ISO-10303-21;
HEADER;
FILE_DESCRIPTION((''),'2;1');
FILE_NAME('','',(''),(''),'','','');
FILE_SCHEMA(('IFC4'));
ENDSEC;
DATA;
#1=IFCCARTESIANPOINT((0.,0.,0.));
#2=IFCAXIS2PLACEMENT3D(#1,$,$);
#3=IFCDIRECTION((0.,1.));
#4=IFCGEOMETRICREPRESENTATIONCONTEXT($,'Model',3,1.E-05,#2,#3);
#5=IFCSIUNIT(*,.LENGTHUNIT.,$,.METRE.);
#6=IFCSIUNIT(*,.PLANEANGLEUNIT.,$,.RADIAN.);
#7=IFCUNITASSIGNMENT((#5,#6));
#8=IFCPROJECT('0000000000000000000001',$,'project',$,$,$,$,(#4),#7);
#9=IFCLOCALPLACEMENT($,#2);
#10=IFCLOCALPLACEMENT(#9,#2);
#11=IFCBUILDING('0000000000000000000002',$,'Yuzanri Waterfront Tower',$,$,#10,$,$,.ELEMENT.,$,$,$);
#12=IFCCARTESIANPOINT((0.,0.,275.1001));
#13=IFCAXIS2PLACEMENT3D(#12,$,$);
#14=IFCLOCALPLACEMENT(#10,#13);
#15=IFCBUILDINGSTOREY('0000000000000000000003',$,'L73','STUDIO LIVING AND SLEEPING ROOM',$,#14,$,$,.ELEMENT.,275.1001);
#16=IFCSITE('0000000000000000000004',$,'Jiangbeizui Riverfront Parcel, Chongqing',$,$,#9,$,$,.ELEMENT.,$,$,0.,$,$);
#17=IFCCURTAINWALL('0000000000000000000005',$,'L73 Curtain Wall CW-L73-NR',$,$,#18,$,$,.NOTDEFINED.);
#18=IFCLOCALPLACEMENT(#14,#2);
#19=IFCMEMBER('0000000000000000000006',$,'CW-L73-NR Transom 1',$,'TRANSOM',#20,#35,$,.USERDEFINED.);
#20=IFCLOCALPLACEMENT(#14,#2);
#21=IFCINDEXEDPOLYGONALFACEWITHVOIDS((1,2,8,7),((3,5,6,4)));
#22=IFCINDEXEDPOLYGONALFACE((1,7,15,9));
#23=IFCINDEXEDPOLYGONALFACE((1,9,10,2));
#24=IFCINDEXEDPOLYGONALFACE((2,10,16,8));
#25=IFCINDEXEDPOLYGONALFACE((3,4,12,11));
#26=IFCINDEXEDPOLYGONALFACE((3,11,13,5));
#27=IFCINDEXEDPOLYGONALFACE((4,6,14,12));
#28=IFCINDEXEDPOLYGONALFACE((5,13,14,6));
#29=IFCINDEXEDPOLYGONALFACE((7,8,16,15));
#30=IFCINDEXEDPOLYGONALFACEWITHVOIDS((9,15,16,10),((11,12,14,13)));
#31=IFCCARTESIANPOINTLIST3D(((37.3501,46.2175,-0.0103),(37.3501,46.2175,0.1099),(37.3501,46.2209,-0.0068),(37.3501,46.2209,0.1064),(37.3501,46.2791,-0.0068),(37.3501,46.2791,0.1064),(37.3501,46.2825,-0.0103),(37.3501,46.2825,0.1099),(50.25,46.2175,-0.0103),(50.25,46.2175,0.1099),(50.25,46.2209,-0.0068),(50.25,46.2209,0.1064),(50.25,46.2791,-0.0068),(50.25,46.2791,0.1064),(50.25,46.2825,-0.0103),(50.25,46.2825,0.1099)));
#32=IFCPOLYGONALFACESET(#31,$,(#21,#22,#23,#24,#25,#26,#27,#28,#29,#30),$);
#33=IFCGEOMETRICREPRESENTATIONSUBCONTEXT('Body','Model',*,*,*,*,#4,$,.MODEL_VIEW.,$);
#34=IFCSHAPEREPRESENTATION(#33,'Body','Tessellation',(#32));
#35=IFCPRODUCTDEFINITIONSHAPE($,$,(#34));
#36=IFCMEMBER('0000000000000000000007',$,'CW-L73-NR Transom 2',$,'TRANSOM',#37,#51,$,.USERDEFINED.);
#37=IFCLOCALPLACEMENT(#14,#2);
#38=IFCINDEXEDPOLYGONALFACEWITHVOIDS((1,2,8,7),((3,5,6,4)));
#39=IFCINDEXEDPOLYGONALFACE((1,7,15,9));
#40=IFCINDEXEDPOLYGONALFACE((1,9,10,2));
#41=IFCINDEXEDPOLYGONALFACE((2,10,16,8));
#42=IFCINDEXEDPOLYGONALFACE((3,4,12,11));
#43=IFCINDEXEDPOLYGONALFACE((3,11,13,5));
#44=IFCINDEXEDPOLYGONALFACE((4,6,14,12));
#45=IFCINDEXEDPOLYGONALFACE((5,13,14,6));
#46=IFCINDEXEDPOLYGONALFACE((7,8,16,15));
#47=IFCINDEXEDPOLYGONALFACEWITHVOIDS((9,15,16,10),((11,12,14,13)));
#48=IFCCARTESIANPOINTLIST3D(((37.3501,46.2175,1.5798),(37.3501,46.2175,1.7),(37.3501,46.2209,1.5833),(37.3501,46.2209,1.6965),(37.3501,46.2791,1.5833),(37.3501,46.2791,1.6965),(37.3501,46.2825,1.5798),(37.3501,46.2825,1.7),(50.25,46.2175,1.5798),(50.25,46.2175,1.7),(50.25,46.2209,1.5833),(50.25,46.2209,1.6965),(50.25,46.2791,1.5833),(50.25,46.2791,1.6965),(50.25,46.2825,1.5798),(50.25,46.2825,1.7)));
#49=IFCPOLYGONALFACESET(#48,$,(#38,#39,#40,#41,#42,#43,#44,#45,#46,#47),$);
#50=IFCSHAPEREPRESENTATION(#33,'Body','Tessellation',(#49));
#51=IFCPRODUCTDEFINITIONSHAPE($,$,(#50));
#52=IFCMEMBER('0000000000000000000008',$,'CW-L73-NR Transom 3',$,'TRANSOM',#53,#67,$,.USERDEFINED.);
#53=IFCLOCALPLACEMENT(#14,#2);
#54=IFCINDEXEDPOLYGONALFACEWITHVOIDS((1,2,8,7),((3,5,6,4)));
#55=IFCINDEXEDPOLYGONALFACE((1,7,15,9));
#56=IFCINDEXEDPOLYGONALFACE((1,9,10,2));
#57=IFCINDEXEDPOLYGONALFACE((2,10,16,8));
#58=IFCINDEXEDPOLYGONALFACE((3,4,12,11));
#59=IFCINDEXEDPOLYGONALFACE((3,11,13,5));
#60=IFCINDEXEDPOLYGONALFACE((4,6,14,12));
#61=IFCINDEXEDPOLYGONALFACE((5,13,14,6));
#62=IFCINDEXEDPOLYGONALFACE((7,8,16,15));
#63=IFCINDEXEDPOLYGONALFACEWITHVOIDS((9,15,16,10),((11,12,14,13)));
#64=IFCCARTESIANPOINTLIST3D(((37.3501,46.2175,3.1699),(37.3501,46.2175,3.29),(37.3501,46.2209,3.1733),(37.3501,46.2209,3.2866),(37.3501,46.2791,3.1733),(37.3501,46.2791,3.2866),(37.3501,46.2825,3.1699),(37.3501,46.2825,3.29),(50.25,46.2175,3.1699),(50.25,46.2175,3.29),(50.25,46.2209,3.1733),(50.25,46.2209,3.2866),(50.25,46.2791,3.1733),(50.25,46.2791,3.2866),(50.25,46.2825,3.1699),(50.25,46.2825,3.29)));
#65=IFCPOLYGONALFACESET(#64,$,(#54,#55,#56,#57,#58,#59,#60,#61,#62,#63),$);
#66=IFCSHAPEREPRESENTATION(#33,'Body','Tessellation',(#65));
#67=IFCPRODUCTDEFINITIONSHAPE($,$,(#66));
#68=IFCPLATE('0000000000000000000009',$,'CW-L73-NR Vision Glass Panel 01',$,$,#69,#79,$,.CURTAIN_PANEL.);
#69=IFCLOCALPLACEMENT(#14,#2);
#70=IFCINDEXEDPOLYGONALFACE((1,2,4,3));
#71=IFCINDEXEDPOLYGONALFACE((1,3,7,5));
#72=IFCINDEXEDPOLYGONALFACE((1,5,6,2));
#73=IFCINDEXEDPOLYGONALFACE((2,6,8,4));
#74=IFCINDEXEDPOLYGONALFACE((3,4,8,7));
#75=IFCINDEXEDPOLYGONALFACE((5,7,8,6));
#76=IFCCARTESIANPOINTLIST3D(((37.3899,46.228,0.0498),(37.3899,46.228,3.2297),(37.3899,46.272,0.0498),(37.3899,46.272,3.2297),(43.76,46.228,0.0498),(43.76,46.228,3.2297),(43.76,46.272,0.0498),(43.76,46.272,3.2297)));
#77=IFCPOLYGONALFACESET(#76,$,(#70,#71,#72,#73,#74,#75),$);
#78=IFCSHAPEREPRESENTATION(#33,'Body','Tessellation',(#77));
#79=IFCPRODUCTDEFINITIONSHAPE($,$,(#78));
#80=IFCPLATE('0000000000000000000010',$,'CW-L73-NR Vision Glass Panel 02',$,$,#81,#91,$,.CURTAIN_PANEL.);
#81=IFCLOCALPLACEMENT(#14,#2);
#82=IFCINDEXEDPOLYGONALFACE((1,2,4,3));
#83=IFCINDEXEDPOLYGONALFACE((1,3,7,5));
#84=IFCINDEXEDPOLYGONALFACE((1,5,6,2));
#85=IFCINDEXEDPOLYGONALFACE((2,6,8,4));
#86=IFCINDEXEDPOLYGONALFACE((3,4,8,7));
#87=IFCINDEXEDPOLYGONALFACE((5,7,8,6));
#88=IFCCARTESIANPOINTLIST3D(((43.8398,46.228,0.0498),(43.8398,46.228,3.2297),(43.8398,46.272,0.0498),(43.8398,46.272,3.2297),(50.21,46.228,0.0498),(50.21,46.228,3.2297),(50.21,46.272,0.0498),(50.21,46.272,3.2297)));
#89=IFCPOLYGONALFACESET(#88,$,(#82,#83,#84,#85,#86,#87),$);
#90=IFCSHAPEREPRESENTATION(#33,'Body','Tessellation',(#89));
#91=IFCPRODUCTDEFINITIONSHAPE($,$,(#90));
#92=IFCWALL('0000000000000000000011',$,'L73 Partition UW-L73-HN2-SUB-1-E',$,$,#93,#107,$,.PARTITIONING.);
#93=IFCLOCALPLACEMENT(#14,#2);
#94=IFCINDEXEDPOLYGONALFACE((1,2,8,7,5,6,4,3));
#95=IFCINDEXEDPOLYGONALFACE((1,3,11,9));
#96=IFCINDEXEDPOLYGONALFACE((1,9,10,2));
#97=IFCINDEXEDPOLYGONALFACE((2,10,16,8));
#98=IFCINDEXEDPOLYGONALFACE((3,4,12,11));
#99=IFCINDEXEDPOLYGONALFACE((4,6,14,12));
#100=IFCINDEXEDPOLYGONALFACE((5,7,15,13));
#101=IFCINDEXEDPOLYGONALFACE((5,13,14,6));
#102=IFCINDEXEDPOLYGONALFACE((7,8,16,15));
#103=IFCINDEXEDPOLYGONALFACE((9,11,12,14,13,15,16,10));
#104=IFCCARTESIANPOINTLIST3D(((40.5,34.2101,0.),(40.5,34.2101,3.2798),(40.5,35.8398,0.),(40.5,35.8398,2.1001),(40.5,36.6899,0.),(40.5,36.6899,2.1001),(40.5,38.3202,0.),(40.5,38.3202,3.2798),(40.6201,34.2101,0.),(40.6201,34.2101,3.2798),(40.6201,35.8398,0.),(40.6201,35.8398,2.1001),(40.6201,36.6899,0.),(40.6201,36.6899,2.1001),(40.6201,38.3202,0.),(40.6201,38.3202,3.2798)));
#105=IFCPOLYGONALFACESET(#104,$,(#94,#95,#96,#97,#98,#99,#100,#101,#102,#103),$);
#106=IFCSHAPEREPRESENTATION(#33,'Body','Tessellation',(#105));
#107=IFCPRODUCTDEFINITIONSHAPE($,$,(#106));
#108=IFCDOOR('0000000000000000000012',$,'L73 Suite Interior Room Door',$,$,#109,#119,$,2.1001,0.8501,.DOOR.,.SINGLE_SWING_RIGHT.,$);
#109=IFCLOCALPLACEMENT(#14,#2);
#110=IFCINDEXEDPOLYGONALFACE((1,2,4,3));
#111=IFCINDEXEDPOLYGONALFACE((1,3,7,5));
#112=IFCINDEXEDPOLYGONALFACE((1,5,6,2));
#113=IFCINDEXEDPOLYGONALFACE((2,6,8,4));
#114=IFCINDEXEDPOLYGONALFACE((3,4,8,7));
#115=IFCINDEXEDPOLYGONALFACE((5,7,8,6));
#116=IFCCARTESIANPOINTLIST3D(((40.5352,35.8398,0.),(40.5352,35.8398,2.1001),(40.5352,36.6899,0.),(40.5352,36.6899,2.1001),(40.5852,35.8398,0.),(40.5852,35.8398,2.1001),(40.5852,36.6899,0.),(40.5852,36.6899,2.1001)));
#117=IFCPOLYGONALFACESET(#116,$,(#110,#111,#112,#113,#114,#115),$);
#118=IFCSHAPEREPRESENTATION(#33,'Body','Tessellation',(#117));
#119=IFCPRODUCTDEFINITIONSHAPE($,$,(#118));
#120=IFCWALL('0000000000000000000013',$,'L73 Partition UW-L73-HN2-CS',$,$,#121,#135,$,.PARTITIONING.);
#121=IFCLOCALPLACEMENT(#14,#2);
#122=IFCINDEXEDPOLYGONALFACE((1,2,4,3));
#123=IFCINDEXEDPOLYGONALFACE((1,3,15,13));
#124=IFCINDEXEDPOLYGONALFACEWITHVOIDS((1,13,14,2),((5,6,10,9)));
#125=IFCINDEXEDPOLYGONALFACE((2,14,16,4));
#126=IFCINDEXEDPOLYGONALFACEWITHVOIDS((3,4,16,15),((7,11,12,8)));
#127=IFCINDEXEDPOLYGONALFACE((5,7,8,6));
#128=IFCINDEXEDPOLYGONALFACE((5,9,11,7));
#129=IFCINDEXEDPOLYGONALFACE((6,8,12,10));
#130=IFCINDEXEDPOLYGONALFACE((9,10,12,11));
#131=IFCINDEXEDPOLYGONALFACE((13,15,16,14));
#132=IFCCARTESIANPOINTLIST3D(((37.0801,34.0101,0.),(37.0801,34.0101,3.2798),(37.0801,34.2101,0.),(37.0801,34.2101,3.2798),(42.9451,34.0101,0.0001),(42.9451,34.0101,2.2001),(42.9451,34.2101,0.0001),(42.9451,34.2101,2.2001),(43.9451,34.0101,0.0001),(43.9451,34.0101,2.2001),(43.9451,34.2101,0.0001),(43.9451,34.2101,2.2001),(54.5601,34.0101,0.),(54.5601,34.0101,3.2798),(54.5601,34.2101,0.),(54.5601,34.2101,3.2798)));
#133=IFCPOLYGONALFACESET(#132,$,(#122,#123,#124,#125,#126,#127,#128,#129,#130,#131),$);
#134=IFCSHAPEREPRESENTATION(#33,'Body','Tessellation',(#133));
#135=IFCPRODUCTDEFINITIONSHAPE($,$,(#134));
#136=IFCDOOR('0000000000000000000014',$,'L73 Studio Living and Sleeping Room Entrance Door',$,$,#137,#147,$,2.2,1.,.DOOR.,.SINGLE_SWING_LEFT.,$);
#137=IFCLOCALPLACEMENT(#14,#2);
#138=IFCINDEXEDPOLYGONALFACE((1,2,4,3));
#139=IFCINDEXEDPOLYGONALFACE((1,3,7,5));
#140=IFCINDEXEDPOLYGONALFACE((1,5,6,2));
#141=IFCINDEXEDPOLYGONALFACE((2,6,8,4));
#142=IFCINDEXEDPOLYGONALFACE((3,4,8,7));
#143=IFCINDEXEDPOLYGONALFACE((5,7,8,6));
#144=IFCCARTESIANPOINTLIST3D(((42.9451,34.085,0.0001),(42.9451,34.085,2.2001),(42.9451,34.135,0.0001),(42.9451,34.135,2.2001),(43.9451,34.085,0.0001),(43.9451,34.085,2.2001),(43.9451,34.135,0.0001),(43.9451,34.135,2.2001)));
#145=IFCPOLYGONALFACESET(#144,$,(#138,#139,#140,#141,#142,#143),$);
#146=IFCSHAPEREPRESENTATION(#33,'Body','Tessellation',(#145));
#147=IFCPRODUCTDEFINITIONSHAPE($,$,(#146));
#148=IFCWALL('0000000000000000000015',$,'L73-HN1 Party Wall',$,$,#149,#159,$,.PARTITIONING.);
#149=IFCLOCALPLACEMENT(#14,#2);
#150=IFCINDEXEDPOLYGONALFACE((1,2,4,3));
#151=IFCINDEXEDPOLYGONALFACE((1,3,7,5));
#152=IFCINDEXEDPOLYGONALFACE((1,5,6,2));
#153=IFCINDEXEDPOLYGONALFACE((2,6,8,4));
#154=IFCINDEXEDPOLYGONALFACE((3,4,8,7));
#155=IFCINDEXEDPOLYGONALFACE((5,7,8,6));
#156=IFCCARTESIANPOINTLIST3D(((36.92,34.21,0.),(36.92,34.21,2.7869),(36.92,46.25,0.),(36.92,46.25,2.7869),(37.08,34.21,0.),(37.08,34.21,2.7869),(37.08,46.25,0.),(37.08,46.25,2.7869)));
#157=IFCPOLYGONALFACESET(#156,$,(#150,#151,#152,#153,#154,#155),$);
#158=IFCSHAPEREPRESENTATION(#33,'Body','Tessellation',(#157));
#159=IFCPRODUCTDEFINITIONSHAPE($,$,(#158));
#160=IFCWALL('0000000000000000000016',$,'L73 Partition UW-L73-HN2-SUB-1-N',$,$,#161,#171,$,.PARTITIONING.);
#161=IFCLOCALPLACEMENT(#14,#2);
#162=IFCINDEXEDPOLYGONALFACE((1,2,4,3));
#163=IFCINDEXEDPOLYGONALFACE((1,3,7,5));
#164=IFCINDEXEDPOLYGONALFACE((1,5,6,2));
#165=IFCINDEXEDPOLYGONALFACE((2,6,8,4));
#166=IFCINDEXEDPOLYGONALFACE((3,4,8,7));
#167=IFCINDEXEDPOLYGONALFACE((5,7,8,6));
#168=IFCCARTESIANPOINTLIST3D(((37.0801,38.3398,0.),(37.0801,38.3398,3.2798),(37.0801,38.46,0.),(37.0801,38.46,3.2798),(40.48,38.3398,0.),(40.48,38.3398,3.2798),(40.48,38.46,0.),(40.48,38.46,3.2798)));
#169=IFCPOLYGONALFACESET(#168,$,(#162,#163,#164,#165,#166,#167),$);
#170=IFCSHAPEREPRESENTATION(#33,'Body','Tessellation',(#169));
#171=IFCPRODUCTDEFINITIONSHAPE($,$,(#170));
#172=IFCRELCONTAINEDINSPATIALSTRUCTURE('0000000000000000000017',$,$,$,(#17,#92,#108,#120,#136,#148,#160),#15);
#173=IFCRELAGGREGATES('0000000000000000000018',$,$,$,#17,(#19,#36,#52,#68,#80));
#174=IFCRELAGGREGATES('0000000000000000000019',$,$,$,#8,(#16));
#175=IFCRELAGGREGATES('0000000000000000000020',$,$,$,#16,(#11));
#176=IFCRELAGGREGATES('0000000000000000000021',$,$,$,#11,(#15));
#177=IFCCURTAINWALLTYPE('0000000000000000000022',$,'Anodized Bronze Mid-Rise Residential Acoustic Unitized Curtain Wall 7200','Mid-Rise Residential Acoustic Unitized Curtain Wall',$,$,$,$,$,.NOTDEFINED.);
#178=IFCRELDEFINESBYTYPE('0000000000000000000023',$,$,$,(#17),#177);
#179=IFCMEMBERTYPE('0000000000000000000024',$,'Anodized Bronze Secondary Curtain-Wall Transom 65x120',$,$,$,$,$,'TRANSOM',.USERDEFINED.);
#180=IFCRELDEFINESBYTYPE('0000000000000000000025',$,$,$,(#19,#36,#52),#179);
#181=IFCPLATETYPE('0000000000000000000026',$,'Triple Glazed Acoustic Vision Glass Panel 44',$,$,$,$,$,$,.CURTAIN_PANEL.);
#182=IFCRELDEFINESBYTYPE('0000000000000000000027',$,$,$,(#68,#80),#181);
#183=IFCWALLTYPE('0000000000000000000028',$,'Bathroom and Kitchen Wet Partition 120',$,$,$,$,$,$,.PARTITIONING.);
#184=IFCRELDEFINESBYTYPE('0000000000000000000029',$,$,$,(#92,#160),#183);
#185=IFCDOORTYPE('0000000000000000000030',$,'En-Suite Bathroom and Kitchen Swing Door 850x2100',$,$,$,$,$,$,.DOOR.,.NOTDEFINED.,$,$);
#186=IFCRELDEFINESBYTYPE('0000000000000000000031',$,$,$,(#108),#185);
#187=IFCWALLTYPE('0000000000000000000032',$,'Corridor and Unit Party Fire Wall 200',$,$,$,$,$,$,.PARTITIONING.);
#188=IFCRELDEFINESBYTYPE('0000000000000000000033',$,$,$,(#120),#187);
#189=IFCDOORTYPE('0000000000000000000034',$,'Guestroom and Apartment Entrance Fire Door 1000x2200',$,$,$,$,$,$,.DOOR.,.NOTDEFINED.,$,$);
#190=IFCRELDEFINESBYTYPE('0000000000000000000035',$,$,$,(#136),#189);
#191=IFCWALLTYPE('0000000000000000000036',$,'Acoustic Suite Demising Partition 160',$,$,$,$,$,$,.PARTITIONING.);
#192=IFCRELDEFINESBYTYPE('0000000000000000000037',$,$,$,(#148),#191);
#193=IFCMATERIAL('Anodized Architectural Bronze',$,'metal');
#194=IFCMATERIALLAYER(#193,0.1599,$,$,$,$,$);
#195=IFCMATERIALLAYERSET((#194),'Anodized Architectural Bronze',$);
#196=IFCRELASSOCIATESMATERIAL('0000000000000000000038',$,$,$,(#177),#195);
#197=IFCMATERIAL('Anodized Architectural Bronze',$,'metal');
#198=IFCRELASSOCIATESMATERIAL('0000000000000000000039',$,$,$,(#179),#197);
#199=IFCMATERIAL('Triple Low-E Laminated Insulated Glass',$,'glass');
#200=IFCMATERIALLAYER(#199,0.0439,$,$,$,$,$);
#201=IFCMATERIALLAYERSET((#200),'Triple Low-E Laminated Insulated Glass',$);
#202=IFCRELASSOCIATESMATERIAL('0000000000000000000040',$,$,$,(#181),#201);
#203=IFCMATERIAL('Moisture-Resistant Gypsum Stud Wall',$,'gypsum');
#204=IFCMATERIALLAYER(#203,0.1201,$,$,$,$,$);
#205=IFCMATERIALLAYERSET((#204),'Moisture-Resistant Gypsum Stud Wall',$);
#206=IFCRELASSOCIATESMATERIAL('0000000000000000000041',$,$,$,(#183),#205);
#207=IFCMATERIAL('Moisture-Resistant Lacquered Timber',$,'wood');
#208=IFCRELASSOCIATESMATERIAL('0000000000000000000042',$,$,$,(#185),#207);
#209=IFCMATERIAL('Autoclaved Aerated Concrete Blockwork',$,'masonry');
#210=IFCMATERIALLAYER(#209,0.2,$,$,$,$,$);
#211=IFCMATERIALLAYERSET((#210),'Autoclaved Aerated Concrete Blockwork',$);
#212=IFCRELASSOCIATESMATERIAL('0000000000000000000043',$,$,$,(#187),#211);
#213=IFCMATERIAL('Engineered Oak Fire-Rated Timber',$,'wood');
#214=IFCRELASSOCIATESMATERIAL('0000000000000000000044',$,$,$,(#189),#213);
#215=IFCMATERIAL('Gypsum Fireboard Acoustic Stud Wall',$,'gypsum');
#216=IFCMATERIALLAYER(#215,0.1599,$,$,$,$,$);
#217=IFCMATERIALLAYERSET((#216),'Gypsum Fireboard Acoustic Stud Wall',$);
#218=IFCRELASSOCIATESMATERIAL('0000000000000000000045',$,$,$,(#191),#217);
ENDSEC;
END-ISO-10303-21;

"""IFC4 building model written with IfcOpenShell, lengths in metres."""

from ifc_helpers import new_model, si_unit, direction, frame, frame_2d, origin, origin_2d, place, context, subcontext, project, spatial, rectangle, hollow_rectangle, extrude, source, transform, mapped, material, layer, layer_set, material_profile, profile_set, type_object, element, fill, aggregate, save


model = new_model("IFC4")

# Units and contexts
model_context = context("Model", 3, precision=1e-05, world=origin(), true_north=direction((0.0, 1.0)))
body_context = subcontext(model_context, "Body", "Model", "MODEL_VIEW")
ifc_project = project(units=[si_unit("LENGTHUNIT", "METRE"), si_unit("PLANEANGLEUNIT", "RADIAN")], contexts=[model_context])

# Site, building, storey
site_placement = place(None, origin())
site = spatial("IfcSite", under=ifc_project, at=site_placement, Name="Jiangbeizui Riverfront Parcel, Chongqing", CompositionType="ELEMENT", RefElevation=0.0)
building_placement = place(site_placement, origin())
building = spatial("IfcBuilding", under=site, at=building_placement, Name="Yuzanri Waterfront Tower", CompositionType="ELEMENT")
storey_placement = place(building_placement, frame((0.0, 0.0, 275.1001)))
storey = spatial("IfcBuildingStorey", under=building, at=storey_placement, Name="L73", Description="STUDIO LIVING AND SLEEPING ROOM", CompositionType="ELEMENT", Elevation=275.1001)

# Curtain wall, members, plates
ifc_material_1 = material(Name="Anodized Architectural Bronze", Category="metal")
ifc_layer_1 = layer(ifc_material_1, 0.1599)
ifc_layer_set_1 = layer_set([ifc_layer_1], Name="Anodized Architectural Bronze")
curtain_wall_type = type_object("IfcCurtainWallType", Name="Anodized Bronze Mid-Rise Residential Acoustic Unitized Curtain Wall 7200", Description="Mid-Rise Residential Acoustic Unitized Curtain Wall", PredefinedType="NOTDEFINED", material=ifc_layer_set_1)
curtain_wall_placement = place(storey_placement, origin())
curtain_wall = element("IfcCurtainWall", 1, at=curtain_wall_placement, inside=storey, type_object=curtain_wall_type, Name="L73 Curtain Wall CW-L73-NR", PredefinedType="NOTDEFINED")
ifc_material_2 = material(Name="Anodized Architectural Bronze", Category="metal")
ifc_material_profile_1 = material_profile(ifc_material_2, hollow_rectangle(XDim=0.0649, YDim=0.1201, WallThickness=0.0034, at=origin_2d()), Name="CWT 65x120")
ifc_profile_set_1 = profile_set([ifc_material_profile_1], Name="Anodized Architectural Bronze")
member_type_1 = type_object("IfcMemberType", Name="Anodized Bronze Secondary Curtain-Wall Transom 65x120", ElementType="TRANSOM", PredefinedType="USERDEFINED", material=ifc_profile_set_1)
shared_shape_1 = source(origin(), body_context, "Body", "SweptSolid", [
    extrude(hollow_rectangle(XDim=0.0649, YDim=0.1201, WallThickness=0.0034, at=origin_2d()), origin(), (0.0, 0.0, 1.0), 12.8999),
])
member_1_placement = place(storey_placement, frame((37.3501, 46.25, 0.0498), z_axis=(1.0, 0.0, 0.0), x_axis=(0.0, 1.0, 0.0)))
member_1 = element("IfcMember", 2, at=member_1_placement, type_object=member_type_1, Name="CW-L73-NR Transom 1", ObjectType="TRANSOM", PredefinedType="USERDEFINED", context=body_context, shape_type="MappedRepresentation", body=[
    mapped(shared_shape_1, transform((0.0, 0.0, 0.0), scale=1.0)),
])
member_2_placement = place(storey_placement, frame((37.3501, 46.25, 1.6399), z_axis=(1.0, 0.0, 0.0), x_axis=(0.0, 1.0, 0.0)))
member_2 = element("IfcMember", 3, at=member_2_placement, type_object=member_type_1, Name="CW-L73-NR Transom 2", ObjectType="TRANSOM", PredefinedType="USERDEFINED", context=body_context, shape_type="MappedRepresentation", body=[
    mapped(shared_shape_1, transform((0.0, 0.0, 0.0), scale=1.0)),
])
member_3_placement = place(storey_placement, frame((37.3501, 46.25, 3.23), z_axis=(1.0, 0.0, 0.0), x_axis=(0.0, 1.0, 0.0)))
member_3 = element("IfcMember", 4, at=member_3_placement, type_object=member_type_1, Name="CW-L73-NR Transom 3", ObjectType="TRANSOM", PredefinedType="USERDEFINED", context=body_context, shape_type="MappedRepresentation", body=[
    mapped(shared_shape_1, transform((0.0, 0.0, 0.0), scale=1.0)),
])
ifc_material_3 = material(Name="Triple Low-E Laminated Insulated Glass", Category="glass")
ifc_layer_2 = layer(ifc_material_3, 0.0439)
ifc_layer_set_2 = layer_set([ifc_layer_2], Name="Triple Low-E Laminated Insulated Glass")
plate_type = type_object("IfcPlateType", Name="Triple Glazed Acoustic Vision Glass Panel 44", PredefinedType="CURTAIN_PANEL", material=ifc_layer_set_2)
shared_shape_2 = source(origin(), body_context, "Body", "SweptSolid", [
    extrude(rectangle(XDim=6.3701, YDim=0.0439, at=origin_2d()), origin(), (0.0, 0.0, 1.0), 3.1799),
])
plate_1_placement = place(storey_placement, frame((40.575, 46.25, 0.0498), z_axis=(0.0, 0.0, 1.0), x_axis=(1.0, 0.0, 0.0)))
plate_1 = element("IfcPlate", 5, at=plate_1_placement, type_object=plate_type, Name="CW-L73-NR Vision Glass Panel 01", PredefinedType="CURTAIN_PANEL", context=body_context, shape_type="MappedRepresentation", body=[
    mapped(shared_shape_2, transform((0.0, 0.0, 0.0), scale=1.0)),
])
plate_2_placement = place(storey_placement, frame((47.0249, 46.25, 0.0498), z_axis=(0.0, 0.0, 1.0), x_axis=(1.0, 0.0, 0.0)))
plate_2 = element("IfcPlate", 6, at=plate_2_placement, type_object=plate_type, Name="CW-L73-NR Vision Glass Panel 02", PredefinedType="CURTAIN_PANEL", context=body_context, shape_type="MappedRepresentation", body=[
    mapped(shared_shape_2, transform((0.0, 0.0, 0.0), scale=1.0)),
])
aggregate(curtain_wall, [member_1, member_2, member_3, plate_1, plate_2])

# Walls, openings, doors
ifc_material_4 = material(Name="Moisture-Resistant Gypsum Stud Wall", Category="gypsum")
ifc_layer_3 = layer(ifc_material_4, 0.1201)
ifc_layer_set_3 = layer_set([ifc_layer_3], Name="Moisture-Resistant Gypsum Stud Wall")
wall_type_1 = type_object("IfcWallType", Name="Bathroom and Kitchen Wet Partition 120", PredefinedType="PARTITIONING", material=ifc_layer_set_3)
wall_1_placement = place(storey_placement, frame((40.5601, 34.21, 0.0), z_axis=(0.0, 0.0, 1.0), x_axis=(0.0, 1.0, 0.0)))
wall_1 = element("IfcWall", 7, at=wall_1_placement, inside=storey, type_object=wall_type_1, Name="L73 Partition UW-L73-HN2-SUB-1-E", PredefinedType="PARTITIONING", context=body_context, shape_type="SweptSolid", body=[
    extrude(rectangle(XDim=4.1101, YDim=0.1201, at=frame_2d((2.0552, 0.0))), origin(), (0.0, 0.0, 1.0), 3.2798),
])
opening_1_placement = place(wall_1_placement, frame((1.6299, 0.0, 0.0)))
opening_1 = element("IfcOpeningElement", 8, at=opening_1_placement, cuts=wall_1, PredefinedType="OPENING", context=body_context, shape_type="SweptSolid", body=[
    extrude(rectangle(XDim=0.8501, YDim=2.1001, at=frame_2d((0.425, 1.05))), frame((0.0, 0.075, 0.0), z_axis=(0.0, -1.0, 0.0), x_axis=(1.0, 0.0, 0.0)), (0.0, 0.0, 1.0), 0.1499),
])
ifc_material_5 = material(Name="Moisture-Resistant Lacquered Timber", Category="wood")
door_type_1 = type_object("IfcDoorType", Name="En-Suite Bathroom and Kitchen Swing Door 850x2100", OperationType="NOTDEFINED", PredefinedType="DOOR", material=ifc_material_5)
shared_shape_3 = source(origin(), body_context, "Body", "SweptSolid", [
    extrude(rectangle(XDim=0.8501, YDim=2.1001, at=frame_2d((0.425, 1.05))), frame((0.0, 0.0249, 0.0), z_axis=(0.0, -1.0, 0.0), x_axis=(1.0, 0.0, 0.0)), (0.0, 0.0, 1.0), 0.05),
])
door_1_placement = place(opening_1_placement, origin())
door_1 = element("IfcDoor", 9, at=door_1_placement, inside=storey, type_object=door_type_1, Name="L73 Suite Interior Room Door", OperationType="SINGLE_SWING_RIGHT", OverallHeight=2.1001, OverallWidth=0.8501, PredefinedType="DOOR", context=body_context, shape_type="MappedRepresentation", body=[
    mapped(shared_shape_3, transform((0.0, 0.0, 0.0), scale=1.0)),
])
fill(opening_1, door_1)
ifc_material_6 = material(Name="Autoclaved Aerated Concrete Blockwork", Category="masonry")
ifc_layer_4 = layer(ifc_material_6, 0.2)
ifc_layer_set_4 = layer_set([ifc_layer_4], Name="Autoclaved Aerated Concrete Blockwork")
wall_type_2 = type_object("IfcWallType", Name="Corridor and Unit Party Fire Wall 200", PredefinedType="PARTITIONING", material=ifc_layer_set_4)
wall_2_placement = place(storey_placement, frame((37.0801, 34.1101, 0.0), z_axis=(0.0, 0.0, 1.0), x_axis=(1.0, 0.0, 0.0)))
wall_2 = element("IfcWall", 10, at=wall_2_placement, inside=storey, type_object=wall_type_2, Name="L73 Partition UW-L73-HN2-CS", PredefinedType="PARTITIONING", context=body_context, shape_type="SweptSolid", body=[
    extrude(rectangle(XDim=17.48, YDim=0.2, at=frame_2d((8.74, 0.0))), origin(), (0.0, 0.0, 1.0), 3.2798),
])
opening_2_placement = place(wall_2_placement, frame((5.865, 0.0, 0.0)))
opening_2 = element("IfcOpeningElement", 11, at=opening_2_placement, cuts=wall_2, PredefinedType="OPENING", context=body_context, shape_type="SweptSolid", body=[
    extrude(rectangle(XDim=1.0, YDim=2.2, at=frame_2d((0.5, 1.1001))), frame((0.0, 0.1147, 0.0), z_axis=(0.0, -1.0, 0.0), x_axis=(1.0, 0.0, 0.0)), (0.0, 0.0, 1.0), 0.2297),
])
ifc_material_7 = material(Name="Engineered Oak Fire-Rated Timber", Category="wood")
door_type_2 = type_object("IfcDoorType", Name="Guestroom and Apartment Entrance Fire Door 1000x2200", OperationType="NOTDEFINED", PredefinedType="DOOR", material=ifc_material_7)
shared_shape_4 = source(origin(), body_context, "Body", "SweptSolid", [
    extrude(rectangle(XDim=1.0, YDim=2.2, at=frame_2d((0.5, 1.1001))), frame((0.0, 0.0249, 0.0), z_axis=(0.0, -1.0, 0.0), x_axis=(1.0, 0.0, 0.0)), (0.0, 0.0, 1.0), 0.05),
])
door_2_placement = place(opening_2_placement, origin())
door_2 = element("IfcDoor", 12, at=door_2_placement, inside=storey, type_object=door_type_2, Name="L73 Studio Living and Sleeping Room Entrance Door", OperationType="SINGLE_SWING_LEFT", OverallHeight=2.2, OverallWidth=1.0, PredefinedType="DOOR", context=body_context, shape_type="MappedRepresentation", body=[
    mapped(shared_shape_4, transform((0.0, 0.0, 0.0), scale=1.0)),
])
fill(opening_2, door_2)

# Walls
ifc_material_8 = material(Name="Gypsum Fireboard Acoustic Stud Wall", Category="gypsum")
ifc_layer_5 = layer(ifc_material_8, 0.1599)
ifc_layer_set_5 = layer_set([ifc_layer_5], Name="Gypsum Fireboard Acoustic Stud Wall")
wall_type_3 = type_object("IfcWallType", Name="Acoustic Suite Demising Partition 160", PredefinedType="PARTITIONING", material=ifc_layer_set_5)
shared_shape_5 = source(origin(), body_context, "Body", "SweptSolid", [
    extrude(rectangle(XDim=12.04, YDim=0.1599, at=frame_2d((6.02, 0.0))), origin(), (0.0, 0.0, 1.0), 2.7869),
])
wall_3_placement = place(storey_placement, frame((37.0, 34.21, 0.0), z_axis=(0.0, 0.0, 1.0), x_axis=(0.0, 1.0, 0.0)))
element("IfcWall", 13, at=wall_3_placement, inside=storey, type_object=wall_type_3, Name="L73-HN1 Party Wall", PredefinedType="PARTITIONING", context=body_context, shape_type="MappedRepresentation", body=[
    mapped(shared_shape_5, transform((0.0, 0.0, 0.0), scale=1.0)),
])
shared_shape_6 = source(origin(), body_context, "Body", "SweptSolid", [
    extrude(rectangle(XDim=3.3999, YDim=0.1201, at=frame_2d((1.7, 0.0))), origin(), (0.0, 0.0, 1.0), 3.2798),
])
wall_4_placement = place(storey_placement, frame((37.0801, 38.3999, 0.0), z_axis=(0.0, 0.0, 1.0), x_axis=(1.0, 0.0, 0.0)))
element("IfcWall", 14, at=wall_4_placement, inside=storey, type_object=wall_type_1, Name="L73 Partition UW-L73-HN2-SUB-1-N", PredefinedType="PARTITIONING", context=body_context, shape_type="MappedRepresentation", body=[
    mapped(shared_shape_6, transform((0.0, 0.0, 0.0), scale=1.0)),
])

save(model, "model.ifc")
